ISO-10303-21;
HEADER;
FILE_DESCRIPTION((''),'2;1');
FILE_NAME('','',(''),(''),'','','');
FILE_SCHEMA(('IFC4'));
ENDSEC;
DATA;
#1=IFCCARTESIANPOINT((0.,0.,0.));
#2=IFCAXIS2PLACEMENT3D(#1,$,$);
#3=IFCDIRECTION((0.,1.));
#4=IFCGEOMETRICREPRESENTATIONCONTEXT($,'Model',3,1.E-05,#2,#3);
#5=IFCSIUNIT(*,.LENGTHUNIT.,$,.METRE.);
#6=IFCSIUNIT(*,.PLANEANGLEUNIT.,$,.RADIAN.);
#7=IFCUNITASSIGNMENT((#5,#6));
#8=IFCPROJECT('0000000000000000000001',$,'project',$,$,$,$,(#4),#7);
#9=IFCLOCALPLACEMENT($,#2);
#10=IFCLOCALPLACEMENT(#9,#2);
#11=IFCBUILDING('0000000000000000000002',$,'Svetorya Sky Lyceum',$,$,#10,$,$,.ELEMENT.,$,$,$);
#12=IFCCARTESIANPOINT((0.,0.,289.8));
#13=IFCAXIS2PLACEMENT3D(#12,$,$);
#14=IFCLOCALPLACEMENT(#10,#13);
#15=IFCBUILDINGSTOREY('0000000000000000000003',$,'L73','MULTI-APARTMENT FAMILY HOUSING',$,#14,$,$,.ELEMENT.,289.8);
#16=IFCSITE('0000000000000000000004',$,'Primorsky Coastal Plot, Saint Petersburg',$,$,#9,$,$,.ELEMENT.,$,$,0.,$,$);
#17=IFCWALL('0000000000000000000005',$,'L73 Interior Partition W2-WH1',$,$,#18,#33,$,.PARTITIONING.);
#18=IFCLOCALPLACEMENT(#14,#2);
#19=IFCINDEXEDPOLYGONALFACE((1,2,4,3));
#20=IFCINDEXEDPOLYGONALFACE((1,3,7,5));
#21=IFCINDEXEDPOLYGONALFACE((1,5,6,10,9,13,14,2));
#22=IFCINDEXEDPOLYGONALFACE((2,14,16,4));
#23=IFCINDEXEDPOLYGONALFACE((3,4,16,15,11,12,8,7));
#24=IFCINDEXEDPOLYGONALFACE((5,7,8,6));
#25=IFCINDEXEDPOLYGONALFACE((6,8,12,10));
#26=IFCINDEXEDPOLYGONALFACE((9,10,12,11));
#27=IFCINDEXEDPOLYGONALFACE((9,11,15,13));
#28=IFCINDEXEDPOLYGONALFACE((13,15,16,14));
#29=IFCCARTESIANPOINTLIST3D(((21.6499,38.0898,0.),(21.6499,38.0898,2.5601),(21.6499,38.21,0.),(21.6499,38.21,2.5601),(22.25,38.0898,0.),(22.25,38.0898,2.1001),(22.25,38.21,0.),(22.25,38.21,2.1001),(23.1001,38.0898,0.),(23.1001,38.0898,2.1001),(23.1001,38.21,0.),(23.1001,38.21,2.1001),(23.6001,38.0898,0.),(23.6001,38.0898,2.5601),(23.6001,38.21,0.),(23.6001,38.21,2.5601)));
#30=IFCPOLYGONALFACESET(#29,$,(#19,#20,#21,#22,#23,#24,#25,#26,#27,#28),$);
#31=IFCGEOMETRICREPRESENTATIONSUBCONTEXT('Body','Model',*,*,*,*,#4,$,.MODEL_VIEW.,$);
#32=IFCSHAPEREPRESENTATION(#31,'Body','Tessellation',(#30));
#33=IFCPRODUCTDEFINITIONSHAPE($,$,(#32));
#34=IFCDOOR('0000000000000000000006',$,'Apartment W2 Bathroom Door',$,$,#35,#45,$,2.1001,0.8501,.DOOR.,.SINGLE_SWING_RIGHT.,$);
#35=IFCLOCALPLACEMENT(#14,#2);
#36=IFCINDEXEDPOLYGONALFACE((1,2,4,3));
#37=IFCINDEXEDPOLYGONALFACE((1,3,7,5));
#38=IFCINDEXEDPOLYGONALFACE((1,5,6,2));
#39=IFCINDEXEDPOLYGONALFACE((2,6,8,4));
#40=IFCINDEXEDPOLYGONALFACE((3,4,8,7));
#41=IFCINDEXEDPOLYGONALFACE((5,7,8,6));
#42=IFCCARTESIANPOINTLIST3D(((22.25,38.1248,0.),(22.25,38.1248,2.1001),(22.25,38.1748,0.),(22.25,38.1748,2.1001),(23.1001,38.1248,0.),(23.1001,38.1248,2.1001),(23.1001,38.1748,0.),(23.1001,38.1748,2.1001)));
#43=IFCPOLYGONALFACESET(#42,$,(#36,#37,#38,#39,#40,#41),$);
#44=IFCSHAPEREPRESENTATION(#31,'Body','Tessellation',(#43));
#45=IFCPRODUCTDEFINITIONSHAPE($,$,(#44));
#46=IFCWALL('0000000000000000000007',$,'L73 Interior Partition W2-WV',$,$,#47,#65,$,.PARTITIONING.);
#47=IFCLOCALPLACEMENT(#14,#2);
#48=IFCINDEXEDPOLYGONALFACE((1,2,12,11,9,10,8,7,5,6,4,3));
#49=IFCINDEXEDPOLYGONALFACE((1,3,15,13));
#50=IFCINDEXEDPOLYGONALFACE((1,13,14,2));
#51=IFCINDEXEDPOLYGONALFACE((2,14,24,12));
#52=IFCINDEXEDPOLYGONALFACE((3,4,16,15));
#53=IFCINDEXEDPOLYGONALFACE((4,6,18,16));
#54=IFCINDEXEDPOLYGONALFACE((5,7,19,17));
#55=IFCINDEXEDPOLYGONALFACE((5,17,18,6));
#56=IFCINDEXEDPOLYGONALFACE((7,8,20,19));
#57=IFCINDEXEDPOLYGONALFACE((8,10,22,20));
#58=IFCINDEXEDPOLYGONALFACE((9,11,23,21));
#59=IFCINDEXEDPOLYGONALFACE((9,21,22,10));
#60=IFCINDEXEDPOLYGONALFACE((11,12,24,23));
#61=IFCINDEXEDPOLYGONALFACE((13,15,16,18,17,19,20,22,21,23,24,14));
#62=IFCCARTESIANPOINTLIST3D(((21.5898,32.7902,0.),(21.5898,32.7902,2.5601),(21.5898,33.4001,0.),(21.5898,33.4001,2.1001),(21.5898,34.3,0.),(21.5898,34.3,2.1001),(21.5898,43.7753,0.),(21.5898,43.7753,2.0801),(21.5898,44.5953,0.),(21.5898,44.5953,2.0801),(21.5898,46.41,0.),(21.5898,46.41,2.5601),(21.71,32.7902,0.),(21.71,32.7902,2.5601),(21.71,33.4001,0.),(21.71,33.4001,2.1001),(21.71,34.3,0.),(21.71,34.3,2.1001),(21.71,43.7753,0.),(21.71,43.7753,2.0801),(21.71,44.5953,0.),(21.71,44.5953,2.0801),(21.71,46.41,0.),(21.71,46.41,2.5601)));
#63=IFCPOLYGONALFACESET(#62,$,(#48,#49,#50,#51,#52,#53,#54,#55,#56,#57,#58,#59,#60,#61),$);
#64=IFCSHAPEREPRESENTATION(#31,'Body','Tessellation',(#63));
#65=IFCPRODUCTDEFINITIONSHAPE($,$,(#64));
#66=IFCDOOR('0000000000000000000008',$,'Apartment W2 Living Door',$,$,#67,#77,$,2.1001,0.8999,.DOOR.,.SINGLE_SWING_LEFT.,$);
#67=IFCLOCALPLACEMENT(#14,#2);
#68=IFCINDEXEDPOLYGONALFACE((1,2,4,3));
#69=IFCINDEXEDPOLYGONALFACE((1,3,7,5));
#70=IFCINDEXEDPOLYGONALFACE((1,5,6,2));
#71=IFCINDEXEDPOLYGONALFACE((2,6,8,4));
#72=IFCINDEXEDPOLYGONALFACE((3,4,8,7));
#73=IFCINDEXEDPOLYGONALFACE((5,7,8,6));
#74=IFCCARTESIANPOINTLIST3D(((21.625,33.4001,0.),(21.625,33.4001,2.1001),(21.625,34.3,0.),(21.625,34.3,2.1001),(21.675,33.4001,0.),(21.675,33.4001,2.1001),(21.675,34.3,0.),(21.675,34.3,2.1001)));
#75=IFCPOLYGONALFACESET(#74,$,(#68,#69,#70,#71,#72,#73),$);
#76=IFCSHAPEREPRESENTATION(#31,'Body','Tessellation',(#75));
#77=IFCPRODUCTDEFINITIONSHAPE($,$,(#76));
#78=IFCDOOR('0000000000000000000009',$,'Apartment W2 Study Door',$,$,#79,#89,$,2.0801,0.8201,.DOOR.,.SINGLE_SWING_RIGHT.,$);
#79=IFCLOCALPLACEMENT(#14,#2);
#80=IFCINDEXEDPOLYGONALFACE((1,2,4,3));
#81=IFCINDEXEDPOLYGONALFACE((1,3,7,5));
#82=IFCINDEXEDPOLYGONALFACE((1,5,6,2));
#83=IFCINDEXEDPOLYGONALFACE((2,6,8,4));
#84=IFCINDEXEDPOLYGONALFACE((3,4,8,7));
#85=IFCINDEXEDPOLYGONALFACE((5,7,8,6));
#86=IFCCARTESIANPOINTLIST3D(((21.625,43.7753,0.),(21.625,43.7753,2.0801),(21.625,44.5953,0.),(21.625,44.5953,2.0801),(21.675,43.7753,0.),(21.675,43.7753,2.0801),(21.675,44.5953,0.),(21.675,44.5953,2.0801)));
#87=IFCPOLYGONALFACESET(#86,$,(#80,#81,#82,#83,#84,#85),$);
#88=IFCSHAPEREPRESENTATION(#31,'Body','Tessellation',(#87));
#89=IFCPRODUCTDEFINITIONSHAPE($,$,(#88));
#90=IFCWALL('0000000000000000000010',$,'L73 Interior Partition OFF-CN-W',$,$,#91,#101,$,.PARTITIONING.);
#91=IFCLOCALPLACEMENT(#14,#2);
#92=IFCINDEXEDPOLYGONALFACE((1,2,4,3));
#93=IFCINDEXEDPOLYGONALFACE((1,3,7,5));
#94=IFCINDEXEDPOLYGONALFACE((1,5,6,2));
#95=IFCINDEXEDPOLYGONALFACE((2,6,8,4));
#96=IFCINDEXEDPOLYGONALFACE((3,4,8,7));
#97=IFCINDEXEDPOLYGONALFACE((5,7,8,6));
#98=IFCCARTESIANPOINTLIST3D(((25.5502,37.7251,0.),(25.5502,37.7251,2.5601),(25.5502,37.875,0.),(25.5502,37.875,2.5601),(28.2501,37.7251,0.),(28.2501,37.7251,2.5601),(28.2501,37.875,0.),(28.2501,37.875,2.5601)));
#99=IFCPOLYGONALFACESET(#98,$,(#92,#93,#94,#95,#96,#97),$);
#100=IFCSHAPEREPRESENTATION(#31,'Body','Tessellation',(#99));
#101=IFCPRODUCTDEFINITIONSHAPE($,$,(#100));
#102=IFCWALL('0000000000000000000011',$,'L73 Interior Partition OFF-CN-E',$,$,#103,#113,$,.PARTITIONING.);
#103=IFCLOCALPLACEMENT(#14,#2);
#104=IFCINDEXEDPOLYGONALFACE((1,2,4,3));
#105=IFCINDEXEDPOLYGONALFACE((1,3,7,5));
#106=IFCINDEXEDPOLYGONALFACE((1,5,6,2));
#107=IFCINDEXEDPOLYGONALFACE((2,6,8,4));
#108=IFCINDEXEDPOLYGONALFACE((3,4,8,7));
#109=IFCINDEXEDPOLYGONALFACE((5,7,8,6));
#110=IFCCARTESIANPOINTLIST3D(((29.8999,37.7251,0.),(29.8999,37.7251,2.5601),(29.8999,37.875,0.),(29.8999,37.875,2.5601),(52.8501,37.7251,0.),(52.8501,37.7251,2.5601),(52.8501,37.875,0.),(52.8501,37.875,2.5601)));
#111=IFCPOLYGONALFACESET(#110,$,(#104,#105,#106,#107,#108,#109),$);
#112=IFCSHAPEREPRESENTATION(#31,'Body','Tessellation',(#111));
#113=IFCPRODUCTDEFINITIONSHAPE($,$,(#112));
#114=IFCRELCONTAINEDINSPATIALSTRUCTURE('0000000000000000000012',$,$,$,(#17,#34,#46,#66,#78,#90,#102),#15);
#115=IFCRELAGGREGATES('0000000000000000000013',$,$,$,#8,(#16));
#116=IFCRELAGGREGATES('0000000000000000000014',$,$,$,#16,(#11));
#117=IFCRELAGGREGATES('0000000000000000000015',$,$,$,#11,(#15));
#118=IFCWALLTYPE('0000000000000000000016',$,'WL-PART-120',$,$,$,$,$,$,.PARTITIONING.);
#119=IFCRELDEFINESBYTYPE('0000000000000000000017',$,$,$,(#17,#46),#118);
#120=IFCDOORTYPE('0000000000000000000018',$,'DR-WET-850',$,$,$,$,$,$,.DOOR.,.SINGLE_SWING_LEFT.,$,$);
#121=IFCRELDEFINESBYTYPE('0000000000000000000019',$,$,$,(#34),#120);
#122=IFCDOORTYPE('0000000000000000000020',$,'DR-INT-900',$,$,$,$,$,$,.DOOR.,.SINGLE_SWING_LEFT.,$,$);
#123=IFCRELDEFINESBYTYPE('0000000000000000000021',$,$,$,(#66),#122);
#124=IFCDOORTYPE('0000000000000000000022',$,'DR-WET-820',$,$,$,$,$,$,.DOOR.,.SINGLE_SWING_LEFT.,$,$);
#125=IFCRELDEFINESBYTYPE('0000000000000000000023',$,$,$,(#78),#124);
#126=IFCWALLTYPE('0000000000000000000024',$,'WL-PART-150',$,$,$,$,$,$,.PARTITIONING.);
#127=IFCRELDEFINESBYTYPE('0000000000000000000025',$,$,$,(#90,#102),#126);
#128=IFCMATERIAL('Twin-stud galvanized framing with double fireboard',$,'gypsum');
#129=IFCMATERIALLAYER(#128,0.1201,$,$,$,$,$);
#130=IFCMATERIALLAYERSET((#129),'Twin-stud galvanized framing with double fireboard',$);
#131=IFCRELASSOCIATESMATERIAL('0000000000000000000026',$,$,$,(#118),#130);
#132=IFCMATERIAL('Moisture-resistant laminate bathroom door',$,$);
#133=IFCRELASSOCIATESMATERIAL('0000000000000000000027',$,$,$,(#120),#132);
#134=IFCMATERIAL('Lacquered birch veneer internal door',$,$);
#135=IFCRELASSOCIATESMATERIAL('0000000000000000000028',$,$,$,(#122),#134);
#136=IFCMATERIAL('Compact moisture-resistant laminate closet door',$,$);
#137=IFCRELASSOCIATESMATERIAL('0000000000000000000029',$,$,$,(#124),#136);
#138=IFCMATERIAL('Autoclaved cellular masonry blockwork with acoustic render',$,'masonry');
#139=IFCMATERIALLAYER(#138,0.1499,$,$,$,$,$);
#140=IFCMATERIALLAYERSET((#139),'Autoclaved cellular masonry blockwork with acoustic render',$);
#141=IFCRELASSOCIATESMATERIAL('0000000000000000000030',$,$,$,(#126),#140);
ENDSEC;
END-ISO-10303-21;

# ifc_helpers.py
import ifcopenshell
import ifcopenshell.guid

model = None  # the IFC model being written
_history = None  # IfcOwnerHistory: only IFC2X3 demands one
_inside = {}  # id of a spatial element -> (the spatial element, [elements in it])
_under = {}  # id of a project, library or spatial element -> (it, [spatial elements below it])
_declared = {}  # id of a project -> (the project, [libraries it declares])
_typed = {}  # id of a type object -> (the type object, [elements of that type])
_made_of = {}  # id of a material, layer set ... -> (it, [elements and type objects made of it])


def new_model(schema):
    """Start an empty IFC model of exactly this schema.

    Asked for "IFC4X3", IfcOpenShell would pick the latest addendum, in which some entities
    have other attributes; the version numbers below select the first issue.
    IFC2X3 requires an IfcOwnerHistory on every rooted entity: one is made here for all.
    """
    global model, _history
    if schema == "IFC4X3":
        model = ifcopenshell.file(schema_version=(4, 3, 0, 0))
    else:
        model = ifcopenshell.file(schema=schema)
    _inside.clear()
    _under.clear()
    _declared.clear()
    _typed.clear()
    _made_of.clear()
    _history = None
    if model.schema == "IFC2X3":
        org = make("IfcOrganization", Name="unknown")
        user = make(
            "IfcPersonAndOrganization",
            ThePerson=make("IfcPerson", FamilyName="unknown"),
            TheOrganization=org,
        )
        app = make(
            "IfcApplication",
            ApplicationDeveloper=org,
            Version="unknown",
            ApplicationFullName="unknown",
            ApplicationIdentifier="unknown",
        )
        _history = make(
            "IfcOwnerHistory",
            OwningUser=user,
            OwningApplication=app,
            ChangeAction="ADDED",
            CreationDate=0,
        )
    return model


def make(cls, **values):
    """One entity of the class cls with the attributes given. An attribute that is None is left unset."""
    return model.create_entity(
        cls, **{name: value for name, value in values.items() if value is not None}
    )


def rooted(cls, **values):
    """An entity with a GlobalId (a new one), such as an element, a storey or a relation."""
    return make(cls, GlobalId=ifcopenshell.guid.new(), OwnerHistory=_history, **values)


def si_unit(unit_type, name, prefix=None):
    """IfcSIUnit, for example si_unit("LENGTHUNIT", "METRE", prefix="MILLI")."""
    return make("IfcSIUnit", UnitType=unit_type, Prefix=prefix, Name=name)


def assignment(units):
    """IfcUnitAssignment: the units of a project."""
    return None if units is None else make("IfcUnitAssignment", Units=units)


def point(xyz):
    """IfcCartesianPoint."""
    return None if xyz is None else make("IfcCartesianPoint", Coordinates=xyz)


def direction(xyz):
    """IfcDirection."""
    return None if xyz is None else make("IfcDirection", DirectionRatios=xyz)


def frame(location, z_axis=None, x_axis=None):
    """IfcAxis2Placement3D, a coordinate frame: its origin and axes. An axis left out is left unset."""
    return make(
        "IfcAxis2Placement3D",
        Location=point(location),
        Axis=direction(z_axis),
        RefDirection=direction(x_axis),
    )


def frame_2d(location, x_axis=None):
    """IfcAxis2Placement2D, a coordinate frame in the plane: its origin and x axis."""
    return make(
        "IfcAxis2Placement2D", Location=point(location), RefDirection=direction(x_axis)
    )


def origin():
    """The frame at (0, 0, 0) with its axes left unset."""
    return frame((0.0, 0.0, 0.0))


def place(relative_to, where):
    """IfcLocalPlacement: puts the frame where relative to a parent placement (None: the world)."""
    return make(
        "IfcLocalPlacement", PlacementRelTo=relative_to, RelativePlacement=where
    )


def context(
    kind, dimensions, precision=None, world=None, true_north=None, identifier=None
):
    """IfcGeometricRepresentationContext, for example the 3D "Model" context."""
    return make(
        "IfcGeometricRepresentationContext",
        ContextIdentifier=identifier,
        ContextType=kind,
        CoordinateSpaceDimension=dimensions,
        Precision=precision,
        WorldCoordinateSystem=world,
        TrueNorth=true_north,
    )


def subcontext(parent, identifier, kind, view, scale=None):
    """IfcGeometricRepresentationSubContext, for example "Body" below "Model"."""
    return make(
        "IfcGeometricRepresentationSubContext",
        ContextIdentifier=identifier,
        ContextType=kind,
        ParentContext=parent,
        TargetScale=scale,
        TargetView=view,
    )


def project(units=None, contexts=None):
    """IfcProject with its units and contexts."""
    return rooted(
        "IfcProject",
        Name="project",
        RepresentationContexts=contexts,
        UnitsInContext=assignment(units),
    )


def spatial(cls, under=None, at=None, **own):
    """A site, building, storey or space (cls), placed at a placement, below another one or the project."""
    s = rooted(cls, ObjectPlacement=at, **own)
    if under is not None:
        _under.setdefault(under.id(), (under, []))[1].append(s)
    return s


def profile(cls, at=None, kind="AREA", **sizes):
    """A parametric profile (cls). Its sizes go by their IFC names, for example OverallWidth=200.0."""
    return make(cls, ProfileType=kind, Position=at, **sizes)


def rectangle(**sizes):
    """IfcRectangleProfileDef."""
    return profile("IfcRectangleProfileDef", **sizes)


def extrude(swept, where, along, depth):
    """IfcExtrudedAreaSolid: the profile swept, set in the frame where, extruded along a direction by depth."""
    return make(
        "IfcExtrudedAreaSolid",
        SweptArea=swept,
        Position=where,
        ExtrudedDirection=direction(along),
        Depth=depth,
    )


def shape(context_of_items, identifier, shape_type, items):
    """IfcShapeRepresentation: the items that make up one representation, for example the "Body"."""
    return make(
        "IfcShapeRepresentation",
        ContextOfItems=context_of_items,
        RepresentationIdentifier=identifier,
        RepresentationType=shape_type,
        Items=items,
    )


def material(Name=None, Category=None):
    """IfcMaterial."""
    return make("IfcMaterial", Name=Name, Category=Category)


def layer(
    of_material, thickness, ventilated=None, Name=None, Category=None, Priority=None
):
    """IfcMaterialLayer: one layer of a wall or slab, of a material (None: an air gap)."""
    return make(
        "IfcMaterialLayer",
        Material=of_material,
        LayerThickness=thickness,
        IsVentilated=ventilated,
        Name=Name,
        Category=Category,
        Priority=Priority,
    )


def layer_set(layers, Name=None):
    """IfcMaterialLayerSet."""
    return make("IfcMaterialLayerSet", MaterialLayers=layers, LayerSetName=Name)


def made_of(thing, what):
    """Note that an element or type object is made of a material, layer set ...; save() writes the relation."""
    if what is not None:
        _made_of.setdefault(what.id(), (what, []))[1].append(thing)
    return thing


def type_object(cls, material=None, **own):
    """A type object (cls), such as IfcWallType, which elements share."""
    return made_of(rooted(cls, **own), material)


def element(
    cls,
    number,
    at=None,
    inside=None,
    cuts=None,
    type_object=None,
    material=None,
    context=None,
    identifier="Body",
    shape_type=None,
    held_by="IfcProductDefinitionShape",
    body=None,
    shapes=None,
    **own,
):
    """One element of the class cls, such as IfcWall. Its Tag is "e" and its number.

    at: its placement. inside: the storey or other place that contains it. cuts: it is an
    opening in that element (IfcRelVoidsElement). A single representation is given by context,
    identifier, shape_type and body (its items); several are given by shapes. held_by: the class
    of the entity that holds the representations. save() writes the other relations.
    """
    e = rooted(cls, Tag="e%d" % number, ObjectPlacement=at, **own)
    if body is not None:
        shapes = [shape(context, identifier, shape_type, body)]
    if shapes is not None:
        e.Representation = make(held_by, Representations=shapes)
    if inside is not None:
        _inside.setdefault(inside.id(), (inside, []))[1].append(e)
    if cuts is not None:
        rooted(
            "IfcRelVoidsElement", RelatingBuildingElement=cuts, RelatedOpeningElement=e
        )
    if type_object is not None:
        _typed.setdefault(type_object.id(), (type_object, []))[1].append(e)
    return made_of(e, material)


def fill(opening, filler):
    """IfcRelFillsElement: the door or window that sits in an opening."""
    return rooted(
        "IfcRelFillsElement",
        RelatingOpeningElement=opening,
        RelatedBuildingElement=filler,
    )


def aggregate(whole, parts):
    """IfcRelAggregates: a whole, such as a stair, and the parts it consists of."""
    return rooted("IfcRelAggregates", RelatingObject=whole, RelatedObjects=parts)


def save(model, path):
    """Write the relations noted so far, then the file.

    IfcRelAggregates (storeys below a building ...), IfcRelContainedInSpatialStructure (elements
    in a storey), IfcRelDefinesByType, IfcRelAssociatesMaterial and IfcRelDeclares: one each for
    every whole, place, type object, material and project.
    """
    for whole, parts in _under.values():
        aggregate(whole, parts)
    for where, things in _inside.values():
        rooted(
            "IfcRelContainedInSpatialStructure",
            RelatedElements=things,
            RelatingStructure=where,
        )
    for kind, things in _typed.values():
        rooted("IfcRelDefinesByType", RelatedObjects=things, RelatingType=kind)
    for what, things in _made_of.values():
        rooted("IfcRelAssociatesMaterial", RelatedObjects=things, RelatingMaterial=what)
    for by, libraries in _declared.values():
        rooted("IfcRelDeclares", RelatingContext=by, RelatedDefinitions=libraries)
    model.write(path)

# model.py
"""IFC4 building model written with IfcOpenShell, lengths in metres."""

from ifc_helpers import new_model, si_unit, direction, frame, frame_2d, origin, place, context, subcontext, project, spatial, rectangle, extrude, material, layer, layer_set, type_object, element, fill, save


model = new_model("IFC4")

# Units and contexts
model_context = context("Model", 3, precision=1e-05, world=origin(), true_north=direction((0.0, 1.0)))
body_context = subcontext(model_context, "Body", "Model", "MODEL_VIEW")
ifc_project = project(units=[si_unit("LENGTHUNIT", "METRE"), si_unit("PLANEANGLEUNIT", "RADIAN")], contexts=[model_context])

# Site, building, storey
site_placement = place(None, origin())
site = spatial("IfcSite", under=ifc_project, at=site_placement, Name="Primorsky Coastal Plot, Saint Petersburg", CompositionType="ELEMENT", RefElevation=0.0)
building_placement = place(site_placement, origin())
building = spatial("IfcBuilding", under=site, at=building_placement, Name="Svetorya Sky Lyceum", CompositionType="ELEMENT")
storey_placement = place(building_placement, frame((0.0, 0.0, 289.8)))
storey = spatial("IfcBuildingStorey", under=building, at=storey_placement, Name="L73", Description="MULTI-APARTMENT FAMILY HOUSING", CompositionType="ELEMENT", Elevation=289.8)

# Wall, opening, door
ifc_material_1 = material(Name="Twin-stud galvanized framing with double fireboard", Category="gypsum")
ifc_layer_1 = layer(ifc_material_1, 0.1201)
ifc_layer_set_1 = layer_set([ifc_layer_1], Name="Twin-stud galvanized framing with double fireboard")
wall_type_1 = type_object("IfcWallType", Name="WL-PART-120", PredefinedType="PARTITIONING", material=ifc_layer_set_1)
wall_1_placement = place(storey_placement, frame((21.6499, 38.1499, 0.0), z_axis=(0.0, 0.0, 1.0), x_axis=(1.0, 0.0, 0.0)))
wall_1 = element("IfcWall", 1, at=wall_1_placement, inside=storey, type_object=wall_type_1, Name="L73 Interior Partition W2-WH1", PredefinedType="PARTITIONING", context=body_context, shape_type="SweptSolid", body=[
    extrude(rectangle(XDim=1.9502, YDim=0.1201, at=frame_2d((0.9751, 0.0))), origin(), (0.0, 0.0, 1.0), 2.5601),
])
opening_1_placement = place(wall_1_placement, frame((0.6001, 0.0, 0.0)))
opening_1 = element("IfcOpeningElement", 2, at=opening_1_placement, cuts=wall_1, PredefinedType="OPENING", context=body_context, shape_type="SweptSolid", body=[
    extrude(rectangle(XDim=0.8501, YDim=2.1001, at=frame_2d((0.425, 1.05))), frame((0.0, 0.0701, 0.0), z_axis=(0.0, -1.0, 0.0), x_axis=(1.0, 0.0, 0.0)), (0.0, 0.0, 1.0), 0.1401),
])
ifc_material_2 = material(Name="Moisture-resistant laminate bathroom door")
door_type_1 = type_object("IfcDoorType", Name="DR-WET-850", OperationType="SINGLE_SWING_LEFT", PredefinedType="DOOR", material=ifc_material_2)
door_1_placement = place(opening_1_placement, origin())
door_1 = element("IfcDoor", 3, at=door_1_placement, inside=storey, type_object=door_type_1, Name="Apartment W2 Bathroom Door", OperationType="SINGLE_SWING_RIGHT", OverallHeight=2.1001, OverallWidth=0.8501, PredefinedType="DOOR", context=body_context, shape_type="SweptSolid", body=[
    extrude(rectangle(XDim=0.8501, YDim=2.1001, at=frame_2d((0.425, 1.05))), frame((0.0, 0.0249, 0.0), z_axis=(0.0, -1.0, 0.0), x_axis=(1.0, 0.0, 0.0)), (0.0, 0.0, 1.0), 0.05),
])
fill(opening_1, door_1)

# Wall, openings, doors
wall_2_placement = place(storey_placement, frame((21.6499, 32.79, 0.0), z_axis=(0.0, 0.0, 1.0), x_axis=(0.0, 1.0, 0.0)))
wall_2 = element("IfcWall", 4, at=wall_2_placement, inside=storey, type_object=wall_type_1, Name="L73 Interior Partition W2-WV", PredefinedType="PARTITIONING", context=body_context, shape_type="SweptSolid", body=[
    extrude(rectangle(XDim=13.6199, YDim=0.1201, at=frame_2d((6.8101, 0.0))), origin(), (0.0, 0.0, 1.0), 2.5601),
])
opening_2_placement = place(wall_2_placement, frame((0.6101, 0.0, 0.0)))
opening_2 = element("IfcOpeningElement", 5, at=opening_2_placement, cuts=wall_2, PredefinedType="OPENING", context=body_context, shape_type="SweptSolid", body=[
    extrude(rectangle(XDim=0.8999, YDim=2.1001, at=frame_2d((0.45, 1.05))), frame((0.0, 0.0701, 0.0), z_axis=(0.0, -1.0, 0.0), x_axis=(1.0, 0.0, 0.0)), (0.0, 0.0, 1.0), 0.1401),
])
opening_3_placement = place(wall_2_placement, frame((10.9851, 0.0, 0.0)))
opening_3 = element("IfcOpeningElement", 6, at=opening_3_placement, cuts=wall_2, PredefinedType="OPENING", context=body_context, shape_type="SweptSolid", body=[
    extrude(rectangle(XDim=0.8201, YDim=2.0801, at=frame_2d((0.4102, 1.04))), frame((0.0, 0.0701, 0.0), z_axis=(0.0, -1.0, 0.0), x_axis=(1.0, 0.0, 0.0)), (0.0, 0.0, 1.0), 0.1401),
])
ifc_material_3 = material(Name="Lacquered birch veneer internal door")
door_type_2 = type_object("IfcDoorType", Name="DR-INT-900", OperationType="SINGLE_SWING_LEFT", PredefinedType="DOOR", material=ifc_material_3)
door_2_placement = place(opening_2_placement, origin())
door_2 = element("IfcDoor", 7, at=door_2_placement, inside=storey, type_object=door_type_2, Name="Apartment W2 Living Door", OperationType="SINGLE_SWING_LEFT", OverallHeight=2.1001, OverallWidth=0.8999, PredefinedType="DOOR", context=body_context, shape_type="SweptSolid", body=[
    extrude(rectangle(XDim=0.8999, YDim=2.1001, at=frame_2d((0.45, 1.05))), frame((0.0, 0.0249, 0.0), z_axis=(0.0, -1.0, 0.0), x_axis=(1.0, 0.0, 0.0)), (0.0, 0.0, 1.0), 0.05),
])
fill(opening_2, door_2)
ifc_material_4 = material(Name="Compact moisture-resistant laminate closet door")
door_type_3 = type_object("IfcDoorType", Name="DR-WET-820", OperationType="SINGLE_SWING_LEFT", PredefinedType="DOOR", material=ifc_material_4)
door_3_placement = place(opening_3_placement, origin())
door_3 = element("IfcDoor", 8, at=door_3_placement, inside=storey, type_object=door_type_3, Name="Apartment W2 Study Door", OperationType="SINGLE_SWING_RIGHT", OverallHeight=2.0801, OverallWidth=0.8201, PredefinedType="DOOR", context=body_context, shape_type="SweptSolid", body=[
    extrude(rectangle(XDim=0.8201, YDim=2.0801, at=frame_2d((0.4102, 1.04))), frame((0.0, 0.0249, 0.0), z_axis=(0.0, -1.0, 0.0), x_axis=(1.0, 0.0, 0.0)), (0.0, 0.0, 1.0), 0.05),
])
fill(opening_3, door_3)

# Walls
ifc_material_5 = material(Name="Autoclaved cellular masonry blockwork with acoustic render", Category="masonry")
ifc_layer_2 = layer(ifc_material_5, 0.1499)
ifc_layer_set_2 = layer_set([ifc_layer_2], Name="Autoclaved cellular masonry blockwork with acoustic render")
wall_type_2 = type_object("IfcWallType", Name="WL-PART-150", PredefinedType="PARTITIONING", material=ifc_layer_set_2)
wall_3_placement = place(storey_placement, frame((25.55, 37.8, 0.0), z_axis=(0.0, 0.0, 1.0), x_axis=(1.0, 0.0, 0.0)))
element("IfcWall", 9, at=wall_3_placement, inside=storey, type_object=wall_type_2, Name="L73 Interior Partition OFF-CN-W", PredefinedType="PARTITIONING", context=body_context, shape_type="SweptSolid", body=[
    extrude(rectangle(XDim=2.7, YDim=0.1499, at=frame_2d((1.3501, 0.0))), origin(), (0.0, 0.0, 1.0), 2.5601),
])
wall_4_placement = place(storey_placement, frame((29.8999, 37.8, 0.0), z_axis=(0.0, 0.0, 1.0), x_axis=(1.0, 0.0, 0.0)))
element("IfcWall", 10, at=wall_4_placement, inside=storey, type_object=wall_type_2, Name="L73 Interior Partition OFF-CN-E", PredefinedType="PARTITIONING", context=body_context, shape_type="SweptSolid", body=[
    extrude(rectangle(XDim=22.9502, YDim=0.1499, at=frame_2d((11.4751, 0.0))), origin(), (0.0, 0.0, 1.0), 2.5601),
])

save(model, "model.ifc")
